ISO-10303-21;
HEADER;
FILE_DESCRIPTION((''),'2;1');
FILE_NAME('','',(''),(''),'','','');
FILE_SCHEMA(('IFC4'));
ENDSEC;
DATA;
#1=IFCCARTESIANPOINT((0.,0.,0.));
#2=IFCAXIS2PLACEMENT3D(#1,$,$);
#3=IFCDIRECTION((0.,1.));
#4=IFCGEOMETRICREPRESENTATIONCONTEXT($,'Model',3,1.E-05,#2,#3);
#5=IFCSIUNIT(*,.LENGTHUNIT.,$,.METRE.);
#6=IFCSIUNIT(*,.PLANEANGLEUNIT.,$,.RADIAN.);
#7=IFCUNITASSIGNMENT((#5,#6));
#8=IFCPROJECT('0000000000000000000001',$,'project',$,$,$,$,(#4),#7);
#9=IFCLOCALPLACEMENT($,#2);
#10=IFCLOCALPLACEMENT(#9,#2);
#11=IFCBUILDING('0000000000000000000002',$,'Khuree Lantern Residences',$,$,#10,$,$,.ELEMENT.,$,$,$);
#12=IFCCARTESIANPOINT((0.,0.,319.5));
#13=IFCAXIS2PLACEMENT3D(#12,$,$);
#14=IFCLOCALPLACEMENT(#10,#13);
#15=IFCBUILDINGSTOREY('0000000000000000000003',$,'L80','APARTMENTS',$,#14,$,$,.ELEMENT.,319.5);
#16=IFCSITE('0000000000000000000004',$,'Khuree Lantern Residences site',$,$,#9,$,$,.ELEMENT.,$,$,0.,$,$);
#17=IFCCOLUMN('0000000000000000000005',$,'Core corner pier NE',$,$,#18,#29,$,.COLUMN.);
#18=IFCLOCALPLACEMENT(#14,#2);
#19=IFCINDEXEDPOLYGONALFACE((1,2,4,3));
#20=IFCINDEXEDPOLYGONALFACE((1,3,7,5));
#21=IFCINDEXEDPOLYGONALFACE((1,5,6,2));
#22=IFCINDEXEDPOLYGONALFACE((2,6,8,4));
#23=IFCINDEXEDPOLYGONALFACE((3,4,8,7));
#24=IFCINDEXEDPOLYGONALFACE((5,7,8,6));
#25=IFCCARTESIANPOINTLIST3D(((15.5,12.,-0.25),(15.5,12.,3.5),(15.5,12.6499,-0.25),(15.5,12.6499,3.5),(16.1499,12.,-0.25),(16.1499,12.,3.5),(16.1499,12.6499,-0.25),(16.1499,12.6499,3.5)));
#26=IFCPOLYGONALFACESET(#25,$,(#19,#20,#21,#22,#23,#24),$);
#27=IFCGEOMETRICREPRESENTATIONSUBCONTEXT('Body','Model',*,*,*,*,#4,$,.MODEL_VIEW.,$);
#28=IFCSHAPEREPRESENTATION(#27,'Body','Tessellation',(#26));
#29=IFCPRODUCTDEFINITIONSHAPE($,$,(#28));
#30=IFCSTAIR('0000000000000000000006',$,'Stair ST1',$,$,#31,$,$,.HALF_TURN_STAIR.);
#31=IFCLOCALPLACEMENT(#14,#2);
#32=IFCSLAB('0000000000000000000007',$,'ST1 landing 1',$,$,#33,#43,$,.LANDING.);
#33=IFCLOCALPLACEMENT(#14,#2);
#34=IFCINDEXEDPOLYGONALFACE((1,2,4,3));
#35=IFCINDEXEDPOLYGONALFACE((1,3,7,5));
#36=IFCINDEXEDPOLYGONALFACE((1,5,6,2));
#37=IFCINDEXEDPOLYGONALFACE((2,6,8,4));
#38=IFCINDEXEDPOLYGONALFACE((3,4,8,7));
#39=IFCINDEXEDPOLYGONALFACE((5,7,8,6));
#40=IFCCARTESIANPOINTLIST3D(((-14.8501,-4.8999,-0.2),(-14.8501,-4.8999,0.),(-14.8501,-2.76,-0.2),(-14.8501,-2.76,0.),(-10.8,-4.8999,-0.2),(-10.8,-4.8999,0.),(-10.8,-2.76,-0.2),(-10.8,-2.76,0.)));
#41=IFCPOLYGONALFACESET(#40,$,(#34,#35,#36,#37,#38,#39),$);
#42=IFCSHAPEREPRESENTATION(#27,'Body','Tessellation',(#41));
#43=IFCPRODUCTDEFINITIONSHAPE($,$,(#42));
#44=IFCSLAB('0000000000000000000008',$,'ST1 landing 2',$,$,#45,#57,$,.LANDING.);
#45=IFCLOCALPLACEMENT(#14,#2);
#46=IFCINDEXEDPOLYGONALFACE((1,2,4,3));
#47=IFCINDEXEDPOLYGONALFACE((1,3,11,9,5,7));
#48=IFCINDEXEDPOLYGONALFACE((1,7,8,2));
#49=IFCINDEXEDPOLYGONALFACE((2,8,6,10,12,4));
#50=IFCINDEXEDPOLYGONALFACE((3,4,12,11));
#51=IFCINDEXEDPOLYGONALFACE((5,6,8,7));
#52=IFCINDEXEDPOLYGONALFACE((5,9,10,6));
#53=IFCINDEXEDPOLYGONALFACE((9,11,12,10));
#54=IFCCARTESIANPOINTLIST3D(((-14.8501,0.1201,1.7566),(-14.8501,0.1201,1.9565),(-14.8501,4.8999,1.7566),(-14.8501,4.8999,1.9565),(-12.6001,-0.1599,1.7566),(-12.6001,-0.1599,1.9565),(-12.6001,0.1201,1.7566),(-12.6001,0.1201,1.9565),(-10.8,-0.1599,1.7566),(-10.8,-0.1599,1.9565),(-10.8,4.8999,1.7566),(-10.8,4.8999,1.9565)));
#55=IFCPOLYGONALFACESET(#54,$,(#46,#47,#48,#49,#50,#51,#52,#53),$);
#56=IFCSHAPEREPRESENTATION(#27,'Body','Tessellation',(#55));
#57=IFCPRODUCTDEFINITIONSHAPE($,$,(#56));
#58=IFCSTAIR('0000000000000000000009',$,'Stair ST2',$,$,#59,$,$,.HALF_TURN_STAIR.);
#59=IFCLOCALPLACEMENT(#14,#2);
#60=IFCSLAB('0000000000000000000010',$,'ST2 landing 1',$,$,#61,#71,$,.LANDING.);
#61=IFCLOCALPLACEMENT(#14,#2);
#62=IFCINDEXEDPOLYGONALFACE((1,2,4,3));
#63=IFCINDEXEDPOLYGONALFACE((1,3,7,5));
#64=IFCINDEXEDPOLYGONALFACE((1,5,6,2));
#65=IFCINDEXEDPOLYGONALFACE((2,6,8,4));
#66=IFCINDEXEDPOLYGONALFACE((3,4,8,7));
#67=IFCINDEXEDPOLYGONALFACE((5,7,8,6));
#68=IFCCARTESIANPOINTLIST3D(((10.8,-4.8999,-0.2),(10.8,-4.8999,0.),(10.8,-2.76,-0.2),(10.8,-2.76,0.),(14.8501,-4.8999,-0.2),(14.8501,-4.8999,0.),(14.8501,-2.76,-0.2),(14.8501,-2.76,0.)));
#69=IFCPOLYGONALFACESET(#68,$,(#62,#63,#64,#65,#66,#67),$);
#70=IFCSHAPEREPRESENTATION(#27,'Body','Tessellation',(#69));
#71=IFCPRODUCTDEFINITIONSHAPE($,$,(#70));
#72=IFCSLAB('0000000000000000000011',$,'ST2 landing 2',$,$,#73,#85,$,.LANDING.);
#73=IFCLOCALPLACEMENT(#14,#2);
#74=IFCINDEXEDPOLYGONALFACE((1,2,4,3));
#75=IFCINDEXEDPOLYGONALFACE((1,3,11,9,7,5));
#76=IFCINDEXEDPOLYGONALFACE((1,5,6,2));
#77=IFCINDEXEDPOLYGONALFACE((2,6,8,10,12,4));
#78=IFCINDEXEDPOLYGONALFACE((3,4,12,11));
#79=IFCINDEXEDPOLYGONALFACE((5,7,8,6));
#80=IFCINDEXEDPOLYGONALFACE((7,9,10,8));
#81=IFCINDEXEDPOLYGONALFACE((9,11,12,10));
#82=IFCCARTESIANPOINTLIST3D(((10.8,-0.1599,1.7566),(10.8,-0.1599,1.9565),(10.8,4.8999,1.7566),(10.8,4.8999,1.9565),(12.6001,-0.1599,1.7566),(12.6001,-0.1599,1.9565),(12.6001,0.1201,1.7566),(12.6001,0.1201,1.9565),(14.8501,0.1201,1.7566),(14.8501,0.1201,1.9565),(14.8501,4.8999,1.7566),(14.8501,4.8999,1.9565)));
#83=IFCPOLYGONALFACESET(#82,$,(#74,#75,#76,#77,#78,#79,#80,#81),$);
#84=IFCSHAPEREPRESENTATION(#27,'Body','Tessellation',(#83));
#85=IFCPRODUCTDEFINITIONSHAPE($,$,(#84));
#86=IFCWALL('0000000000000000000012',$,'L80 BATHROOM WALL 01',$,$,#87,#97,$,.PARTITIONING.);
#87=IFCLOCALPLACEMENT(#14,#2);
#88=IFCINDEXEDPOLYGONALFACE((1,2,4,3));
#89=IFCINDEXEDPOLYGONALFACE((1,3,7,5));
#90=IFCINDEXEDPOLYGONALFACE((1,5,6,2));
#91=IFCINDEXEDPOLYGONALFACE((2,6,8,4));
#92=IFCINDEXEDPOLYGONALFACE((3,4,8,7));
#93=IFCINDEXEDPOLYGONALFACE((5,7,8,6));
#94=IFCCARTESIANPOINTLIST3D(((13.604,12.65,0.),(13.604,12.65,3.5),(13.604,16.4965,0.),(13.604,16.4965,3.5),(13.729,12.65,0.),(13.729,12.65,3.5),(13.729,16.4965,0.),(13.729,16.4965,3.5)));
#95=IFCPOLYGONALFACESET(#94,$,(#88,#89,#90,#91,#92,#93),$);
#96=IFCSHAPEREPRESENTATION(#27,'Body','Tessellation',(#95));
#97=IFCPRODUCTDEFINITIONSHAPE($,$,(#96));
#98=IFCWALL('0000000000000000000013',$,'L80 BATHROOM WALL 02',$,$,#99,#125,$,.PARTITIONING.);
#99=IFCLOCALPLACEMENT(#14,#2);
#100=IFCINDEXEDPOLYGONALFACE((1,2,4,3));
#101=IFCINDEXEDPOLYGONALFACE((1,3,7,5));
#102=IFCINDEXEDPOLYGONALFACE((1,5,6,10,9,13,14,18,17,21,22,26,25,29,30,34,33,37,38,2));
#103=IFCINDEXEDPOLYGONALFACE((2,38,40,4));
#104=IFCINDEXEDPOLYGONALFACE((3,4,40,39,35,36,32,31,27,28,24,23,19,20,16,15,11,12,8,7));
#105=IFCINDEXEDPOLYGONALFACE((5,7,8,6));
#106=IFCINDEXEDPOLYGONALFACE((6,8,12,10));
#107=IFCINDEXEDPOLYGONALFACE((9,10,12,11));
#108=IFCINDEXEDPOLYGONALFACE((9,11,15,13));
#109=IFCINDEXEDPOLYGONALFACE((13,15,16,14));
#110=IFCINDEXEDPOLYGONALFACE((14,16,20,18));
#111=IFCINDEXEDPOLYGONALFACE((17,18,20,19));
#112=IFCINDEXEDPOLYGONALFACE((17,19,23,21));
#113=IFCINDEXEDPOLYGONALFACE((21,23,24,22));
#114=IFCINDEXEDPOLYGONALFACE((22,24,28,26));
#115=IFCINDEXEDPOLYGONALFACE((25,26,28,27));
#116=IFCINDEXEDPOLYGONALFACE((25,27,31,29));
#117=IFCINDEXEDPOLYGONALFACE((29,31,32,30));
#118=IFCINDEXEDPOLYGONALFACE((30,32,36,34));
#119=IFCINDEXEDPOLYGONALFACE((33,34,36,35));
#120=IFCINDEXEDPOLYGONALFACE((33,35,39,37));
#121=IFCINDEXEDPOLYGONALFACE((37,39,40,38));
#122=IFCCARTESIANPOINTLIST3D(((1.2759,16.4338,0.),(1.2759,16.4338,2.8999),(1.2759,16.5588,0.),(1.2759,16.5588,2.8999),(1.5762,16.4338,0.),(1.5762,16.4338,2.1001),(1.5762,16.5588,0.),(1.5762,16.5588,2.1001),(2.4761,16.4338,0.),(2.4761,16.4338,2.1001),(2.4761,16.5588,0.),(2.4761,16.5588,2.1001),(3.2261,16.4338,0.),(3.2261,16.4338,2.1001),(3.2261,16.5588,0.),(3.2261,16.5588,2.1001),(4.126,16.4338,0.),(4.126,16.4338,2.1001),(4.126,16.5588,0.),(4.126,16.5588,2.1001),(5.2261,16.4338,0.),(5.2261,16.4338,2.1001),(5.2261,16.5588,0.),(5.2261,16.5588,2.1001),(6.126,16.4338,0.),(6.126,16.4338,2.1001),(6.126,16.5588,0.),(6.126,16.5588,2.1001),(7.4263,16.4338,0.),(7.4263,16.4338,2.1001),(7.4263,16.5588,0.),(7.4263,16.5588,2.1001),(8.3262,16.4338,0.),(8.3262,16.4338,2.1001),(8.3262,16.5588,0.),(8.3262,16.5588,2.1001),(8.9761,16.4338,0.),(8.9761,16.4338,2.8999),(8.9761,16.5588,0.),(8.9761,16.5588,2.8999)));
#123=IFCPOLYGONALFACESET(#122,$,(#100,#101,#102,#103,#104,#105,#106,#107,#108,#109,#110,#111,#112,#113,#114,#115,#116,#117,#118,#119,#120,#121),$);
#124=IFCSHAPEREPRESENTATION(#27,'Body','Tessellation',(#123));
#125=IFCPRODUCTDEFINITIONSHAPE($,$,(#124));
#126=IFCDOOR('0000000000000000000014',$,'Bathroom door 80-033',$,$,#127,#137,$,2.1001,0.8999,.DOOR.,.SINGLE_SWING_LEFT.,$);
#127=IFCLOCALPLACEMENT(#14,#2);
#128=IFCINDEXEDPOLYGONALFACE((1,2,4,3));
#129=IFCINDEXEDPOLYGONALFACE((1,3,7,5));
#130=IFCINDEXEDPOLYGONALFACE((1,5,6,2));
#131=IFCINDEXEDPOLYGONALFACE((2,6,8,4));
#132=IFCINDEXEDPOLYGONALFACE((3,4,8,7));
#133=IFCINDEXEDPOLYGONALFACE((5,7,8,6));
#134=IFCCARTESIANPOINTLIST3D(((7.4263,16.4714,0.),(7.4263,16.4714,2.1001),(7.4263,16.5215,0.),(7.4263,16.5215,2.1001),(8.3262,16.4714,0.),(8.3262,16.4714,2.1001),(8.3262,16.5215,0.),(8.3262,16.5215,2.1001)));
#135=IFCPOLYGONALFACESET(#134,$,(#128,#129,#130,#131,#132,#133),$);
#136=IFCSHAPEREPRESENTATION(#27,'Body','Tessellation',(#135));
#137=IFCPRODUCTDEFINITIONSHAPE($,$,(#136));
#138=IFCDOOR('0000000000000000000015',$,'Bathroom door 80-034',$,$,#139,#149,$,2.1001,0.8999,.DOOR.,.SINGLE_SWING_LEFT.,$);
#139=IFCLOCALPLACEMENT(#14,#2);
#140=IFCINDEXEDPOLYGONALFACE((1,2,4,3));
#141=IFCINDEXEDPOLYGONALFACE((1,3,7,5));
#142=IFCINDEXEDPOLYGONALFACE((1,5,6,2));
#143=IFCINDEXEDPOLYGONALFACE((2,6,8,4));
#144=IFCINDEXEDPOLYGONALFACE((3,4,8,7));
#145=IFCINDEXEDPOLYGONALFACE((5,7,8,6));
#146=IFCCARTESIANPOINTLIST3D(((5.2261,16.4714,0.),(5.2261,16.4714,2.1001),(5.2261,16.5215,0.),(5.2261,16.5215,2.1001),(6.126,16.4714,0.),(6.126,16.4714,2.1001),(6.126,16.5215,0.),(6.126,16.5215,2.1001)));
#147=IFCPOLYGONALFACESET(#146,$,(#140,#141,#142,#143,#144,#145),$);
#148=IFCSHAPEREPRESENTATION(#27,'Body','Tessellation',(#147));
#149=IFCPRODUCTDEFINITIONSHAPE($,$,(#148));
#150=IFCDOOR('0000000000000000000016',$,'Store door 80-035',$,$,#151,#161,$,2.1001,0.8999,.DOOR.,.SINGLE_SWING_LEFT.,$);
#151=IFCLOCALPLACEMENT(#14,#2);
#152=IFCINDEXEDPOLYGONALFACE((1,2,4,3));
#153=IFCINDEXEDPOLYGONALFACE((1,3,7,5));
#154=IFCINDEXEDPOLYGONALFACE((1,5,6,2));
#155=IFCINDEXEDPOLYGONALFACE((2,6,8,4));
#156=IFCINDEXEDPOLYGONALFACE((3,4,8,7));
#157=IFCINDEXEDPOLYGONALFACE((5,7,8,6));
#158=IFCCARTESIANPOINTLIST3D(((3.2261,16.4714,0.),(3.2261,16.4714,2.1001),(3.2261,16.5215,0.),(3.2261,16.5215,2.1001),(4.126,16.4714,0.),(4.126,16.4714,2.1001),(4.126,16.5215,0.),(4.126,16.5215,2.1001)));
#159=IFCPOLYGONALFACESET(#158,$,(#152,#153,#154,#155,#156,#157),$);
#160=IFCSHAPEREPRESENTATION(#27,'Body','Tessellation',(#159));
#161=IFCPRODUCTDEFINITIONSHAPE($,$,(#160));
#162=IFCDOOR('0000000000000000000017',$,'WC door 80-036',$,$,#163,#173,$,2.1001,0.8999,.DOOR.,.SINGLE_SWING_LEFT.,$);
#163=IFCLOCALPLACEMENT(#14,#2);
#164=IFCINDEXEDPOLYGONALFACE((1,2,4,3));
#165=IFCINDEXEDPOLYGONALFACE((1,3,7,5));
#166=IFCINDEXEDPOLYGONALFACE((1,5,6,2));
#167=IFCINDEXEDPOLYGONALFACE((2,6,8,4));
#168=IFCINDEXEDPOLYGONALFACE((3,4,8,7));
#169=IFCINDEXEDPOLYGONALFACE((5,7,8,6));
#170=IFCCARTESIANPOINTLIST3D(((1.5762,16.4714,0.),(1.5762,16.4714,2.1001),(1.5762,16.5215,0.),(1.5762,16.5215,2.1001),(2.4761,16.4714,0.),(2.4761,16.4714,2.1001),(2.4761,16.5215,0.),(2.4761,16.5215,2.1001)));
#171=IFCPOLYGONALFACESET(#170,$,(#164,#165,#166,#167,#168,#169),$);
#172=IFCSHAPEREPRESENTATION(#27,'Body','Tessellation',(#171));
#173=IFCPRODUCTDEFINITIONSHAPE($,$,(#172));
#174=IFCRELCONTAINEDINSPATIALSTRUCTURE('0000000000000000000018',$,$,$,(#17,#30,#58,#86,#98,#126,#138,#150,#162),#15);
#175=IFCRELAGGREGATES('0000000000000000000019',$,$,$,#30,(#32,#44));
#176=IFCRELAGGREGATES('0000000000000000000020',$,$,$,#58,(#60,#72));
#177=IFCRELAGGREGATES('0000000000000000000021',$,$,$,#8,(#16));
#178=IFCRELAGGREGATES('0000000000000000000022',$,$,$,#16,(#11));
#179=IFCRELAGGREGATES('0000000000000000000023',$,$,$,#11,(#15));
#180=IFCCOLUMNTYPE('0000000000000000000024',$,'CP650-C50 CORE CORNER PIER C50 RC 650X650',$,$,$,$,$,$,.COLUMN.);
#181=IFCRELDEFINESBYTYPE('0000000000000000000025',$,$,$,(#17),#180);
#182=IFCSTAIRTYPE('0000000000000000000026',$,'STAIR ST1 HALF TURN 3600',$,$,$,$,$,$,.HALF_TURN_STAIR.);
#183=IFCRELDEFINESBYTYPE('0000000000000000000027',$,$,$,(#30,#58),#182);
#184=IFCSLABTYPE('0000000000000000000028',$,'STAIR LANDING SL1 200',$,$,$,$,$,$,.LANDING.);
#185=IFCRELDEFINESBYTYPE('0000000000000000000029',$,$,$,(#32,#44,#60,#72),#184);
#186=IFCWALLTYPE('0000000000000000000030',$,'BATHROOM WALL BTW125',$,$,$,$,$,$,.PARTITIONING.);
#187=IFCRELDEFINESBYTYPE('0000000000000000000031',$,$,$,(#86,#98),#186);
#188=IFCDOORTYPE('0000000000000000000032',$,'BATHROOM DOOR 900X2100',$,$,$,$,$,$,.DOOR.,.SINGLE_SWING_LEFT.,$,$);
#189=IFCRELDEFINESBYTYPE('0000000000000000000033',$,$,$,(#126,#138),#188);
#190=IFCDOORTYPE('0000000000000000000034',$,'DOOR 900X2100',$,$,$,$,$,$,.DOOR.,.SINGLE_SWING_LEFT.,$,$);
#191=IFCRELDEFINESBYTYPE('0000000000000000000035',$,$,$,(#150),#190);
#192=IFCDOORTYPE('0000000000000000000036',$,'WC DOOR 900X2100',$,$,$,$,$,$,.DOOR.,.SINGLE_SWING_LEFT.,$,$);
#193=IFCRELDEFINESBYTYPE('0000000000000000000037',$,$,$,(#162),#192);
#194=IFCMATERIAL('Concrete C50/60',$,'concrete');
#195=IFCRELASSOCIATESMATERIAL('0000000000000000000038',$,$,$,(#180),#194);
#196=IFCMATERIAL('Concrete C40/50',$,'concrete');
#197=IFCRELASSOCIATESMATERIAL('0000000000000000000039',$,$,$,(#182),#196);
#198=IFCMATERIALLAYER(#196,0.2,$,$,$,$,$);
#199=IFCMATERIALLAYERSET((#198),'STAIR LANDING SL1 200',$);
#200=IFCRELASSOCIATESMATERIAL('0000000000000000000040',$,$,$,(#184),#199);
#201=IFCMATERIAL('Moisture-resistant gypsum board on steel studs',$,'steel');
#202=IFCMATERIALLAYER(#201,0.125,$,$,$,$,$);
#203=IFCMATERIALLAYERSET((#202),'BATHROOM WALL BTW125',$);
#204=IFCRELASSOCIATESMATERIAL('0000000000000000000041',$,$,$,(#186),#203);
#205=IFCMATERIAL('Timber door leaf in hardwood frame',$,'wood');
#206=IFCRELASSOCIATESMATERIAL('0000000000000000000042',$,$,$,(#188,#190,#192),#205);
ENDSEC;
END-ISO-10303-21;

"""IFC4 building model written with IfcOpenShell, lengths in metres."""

from ifc_helpers import new_model, si_unit, direction, frame, frame_2d, origin, origin_2d, place, context, subcontext, project, spatial, polyline, rectangle, outline, extrude, material, layer, layer_set, material_profile, profile_set, type_object, element, fill, aggregate, save


model = new_model("IFC4")

# Units and contexts
model_context = context("Model", 3, precision=1e-05, world=origin(), true_north=direction((0.0, 1.0)))
body_context = subcontext(model_context, "Body", "Model", "MODEL_VIEW")
ifc_project = project(units=[si_unit("LENGTHUNIT", "METRE"), si_unit("PLANEANGLEUNIT", "RADIAN")], contexts=[model_context])

# Site, building, storey
site_placement = place(None, origin())
site = spatial("IfcSite", under=ifc_project, at=site_placement, Name="Khuree Lantern Residences site", CompositionType="ELEMENT", RefElevation=0.0)
building_placement = place(site_placement, origin())
building = spatial("IfcBuilding", under=site, at=building_placement, Name="Khuree Lantern Residences", CompositionType="ELEMENT")
storey_placement = place(building_placement, frame((0.0, 0.0, 319.5)))
storey = spatial("IfcBuildingStorey", under=building, at=storey_placement, Name="L80", Description="APARTMENTS", CompositionType="ELEMENT", Elevation=319.5)

# Column
ifc_material_1 = material(Name="Concrete C50/60", Category="concrete")
ifc_material_profile = material_profile(ifc_material_1, rectangle(XDim=0.6499, YDim=0.6499, at=origin_2d()), Name="RC 650X650")
ifc_profile_set = profile_set([ifc_material_profile], Name="Concrete C50/60")
column_type = type_object("IfcColumnType", Name="CP650-C50 CORE CORNER PIER C50 RC 650X650", PredefinedType="COLUMN", material=ifc_profile_set)
column_placement = place(storey_placement, frame((15.825, 12.325, -0.25), z_axis=(0.0, 0.0, 1.0), x_axis=(1.0, 0.0, 0.0)))
element("IfcColumn", 1, at=column_placement, inside=storey, type_object=column_type, Name="Core corner pier NE", PredefinedType="COLUMN", context=body_context, shape_type="SweptSolid", body=[
    extrude(rectangle(XDim=0.6499, YDim=0.6499, at=origin_2d()), origin(), (0.0, 0.0, 1.0), 3.75),
])

# Stairs, slabs
ifc_material_2 = material(Name="Concrete C40/50", Category="concrete")
stair_type = type_object("IfcStairType", Name="STAIR ST1 HALF TURN 3600", PredefinedType="HALF_TURN_STAIR", material=ifc_material_2)
stair_1_placement = place(storey_placement, origin())
stair_1 = element("IfcStair", 2, at=stair_1_placement, inside=storey, type_object=stair_type, Name="Stair ST1", PredefinedType="HALF_TURN_STAIR")
ifc_layer_1 = layer(ifc_material_2, 0.2)
ifc_layer_set_1 = layer_set([ifc_layer_1], Name="STAIR LANDING SL1 200")
slab_type = type_object("IfcSlabType", Name="STAIR LANDING SL1 200", PredefinedType="LANDING", material=ifc_layer_set_1)
slab_1_placement = place(storey_placement, frame((0.0, 0.0, -0.2)))
slab_1 = element("IfcSlab", 3, at=slab_1_placement, type_object=slab_type, Name="ST1 landing 1", PredefinedType="LANDING", context=body_context, shape_type="SweptSolid", body=[
    extrude(outline(polyline([(-14.8501, -4.8999), (-10.8, -4.8999), (-10.8, -2.76), (-14.8501, -2.76), (-14.8501, -4.8999)])), origin(), (0.0, 0.0, 1.0), 0.2),
])
slab_2_placement = place(storey_placement, frame((0.0, 0.0, 1.7566)))
slab_2 = element("IfcSlab", 4, at=slab_2_placement, type_object=slab_type, Name="ST1 landing 2", PredefinedType="LANDING", context=body_context, shape_type="SweptSolid", body=[
    extrude(outline(polyline([(-14.8501, 0.1201), (-14.8501, 4.8999), (-10.8, 4.8999), (-10.8, -0.1599), (-12.6001, -0.1599), (-12.6001, 0.1201), (-14.8501, 0.1201)])), origin(), (0.0, 0.0, 1.0), 0.2),
])
aggregate(stair_1, [slab_1, slab_2])
stair_2_placement = place(storey_placement, origin())
stair_2 = element("IfcStair", 5, at=stair_2_placement, inside=storey, type_object=stair_type, Name="Stair ST2", PredefinedType="HALF_TURN_STAIR")
slab_3_placement = place(storey_placement, frame((0.0, 0.0, -0.2)))
slab_3 = element("IfcSlab", 6, at=slab_3_placement, type_object=slab_type, Name="ST2 landing 1", PredefinedType="LANDING", context=body_context, shape_type="SweptSolid", body=[
    extrude(outline(polyline([(10.8, -4.8999), (14.8501, -4.8999), (14.8501, -2.76), (10.8, -2.76), (10.8, -4.8999)])), origin(), (0.0, 0.0, 1.0), 0.2),
])
slab_4_placement = place(storey_placement, frame((0.0, 0.0, 1.7566)))
slab_4 = element("IfcSlab", 7, at=slab_4_placement, type_object=slab_type, Name="ST2 landing 2", PredefinedType="LANDING", context=body_context, shape_type="SweptSolid", body=[
    extrude(outline(polyline([(14.8501, 4.8999), (14.8501, 0.1201), (12.6001, 0.1201), (12.6001, -0.1599), (10.8, -0.1599), (10.8, 4.8999), (14.8501, 4.8999)])), origin(), (0.0, 0.0, 1.0), 0.2),
])
aggregate(stair_2, [slab_3, slab_4])

# Wall
ifc_material_3 = material(Name="Moisture-resistant gypsum board on steel studs", Category="steel")
ifc_layer_2 = layer(ifc_material_3, 0.125)
ifc_layer_set_2 = layer_set([ifc_layer_2], Name="BATHROOM WALL BTW125")
wall_type_1 = type_object("IfcWallType", Name="BATHROOM WALL BTW125", PredefinedType="PARTITIONING", material=ifc_layer_set_2)
wall_1_placement = place(storey_placement, frame((13.6665, 12.6499, 0.0), z_axis=(0.0, 0.0, 1.0), x_axis=(0.0, 1.0, 0.0)))
element("IfcWall", 8, at=wall_1_placement, inside=storey, type_object=wall_type_1, Name="L80 BATHROOM WALL 01", PredefinedType="PARTITIONING", context=body_context, shape_type="SweptSolid", body=[
    extrude(rectangle(XDim=3.8464, YDim=0.125, at=frame_2d((1.9233, 0.0))), origin(), (0.0, 0.0, 1.0), 3.5),
])

# Wall, openings, doors
wall_2_placement = place(storey_placement, frame((8.9761, 16.4963, 0.0), z_axis=(0.0, 0.0, 1.0), x_axis=(-1.0, 0.0, 0.0)))
wall_2 = element("IfcWall", 9, at=wall_2_placement, inside=storey, type_object=wall_type_1, Name="L80 BATHROOM WALL 02", PredefinedType="PARTITIONING", context=body_context, shape_type="SweptSolid", body=[
    extrude(rectangle(XDim=7.7002, YDim=0.125, at=frame_2d((3.8501, 0.0))), origin(), (0.0, 0.0, 1.0), 2.8999),
])
opening_1_placement = place(wall_2_placement, frame((0.6499, 0.0, 0.0)))
opening_1 = element("IfcOpeningElement", 10, at=opening_1_placement, cuts=wall_2, PredefinedType="OPENING", context=body_context, shape_type="SweptSolid", body=[
    extrude(rectangle(XDim=0.8999, YDim=2.1001, at=frame_2d((0.45, 1.05))), frame((0.0, 0.0725, 0.0), z_axis=(0.0, -1.0, 0.0), x_axis=(1.0, 0.0, 0.0)), (0.0, 0.0, 1.0), 0.145),
])
opening_2_placement = place(wall_2_placement, frame((2.8501, 0.0, 0.0)))
opening_2 = element("IfcOpeningElement", 11, at=opening_2_placement, cuts=wall_2, PredefinedType="OPENING", context=body_context, shape_type="SweptSolid", body=[
    extrude(rectangle(XDim=0.8999, YDim=2.1001, at=frame_2d((0.45, 1.05))), frame((0.0, 0.0725, 0.0), z_axis=(0.0, -1.0, 0.0), x_axis=(1.0, 0.0, 0.0)), (0.0, 0.0, 1.0), 0.145),
])
opening_3_placement = place(wall_2_placement, frame((4.8501, 0.0, 0.0)))
opening_3 = element("IfcOpeningElement", 12, at=opening_3_placement, cuts=wall_2, PredefinedType="OPENING", context=body_context, shape_type="SweptSolid", body=[
    extrude(rectangle(XDim=0.8999, YDim=2.1001, at=frame_2d((0.45, 1.05))), frame((0.0, 0.0725, 0.0), z_axis=(0.0, -1.0, 0.0), x_axis=(1.0, 0.0, 0.0)), (0.0, 0.0, 1.0), 0.145),
])
opening_4_placement = place(wall_2_placement, frame((6.5, 0.0, 0.0)))
opening_4 = element("IfcOpeningElement", 13, at=opening_4_placement, cuts=wall_2, PredefinedType="OPENING", context=body_context, shape_type="SweptSolid", body=[
    extrude(rectangle(XDim=0.8999, YDim=2.1001, at=frame_2d((0.45, 1.05))), frame((0.0, 0.0725, 0.0), z_axis=(0.0, -1.0, 0.0), x_axis=(1.0, 0.0, 0.0)), (0.0, 0.0, 1.0), 0.145),
])
ifc_material_4 = material(Name="Timber door leaf in hardwood frame", Category="wood")
door_type_1 = type_object("IfcDoorType", Name="BATHROOM DOOR 900X2100", OperationType="SINGLE_SWING_LEFT", PredefinedType="DOOR", material=ifc_material_4)
door_1_placement = place(opening_1_placement, origin())
door_1 = element("IfcDoor", 14, at=door_1_placement, inside=storey, type_object=door_type_1, Name="Bathroom door 80-033", OperationType="SINGLE_SWING_LEFT", OverallHeight=2.1001, OverallWidth=0.8999, PredefinedType="DOOR", context=body_context, shape_type="SweptSolid", body=[
    extrude(rectangle(XDim=0.8999, YDim=2.1001, at=frame_2d((0.45, 1.05))), frame((0.0, 0.0249, 0.0), z_axis=(0.0, -1.0, 0.0), x_axis=(1.0, 0.0, 0.0)), (0.0, 0.0, 1.0), 0.05),
])
fill(opening_1, door_1)
door_2_placement = place(opening_2_placement, origin())
door_2 = element("IfcDoor", 15, at=door_2_placement, inside=storey, type_object=door_type_1, Name="Bathroom door 80-034", OperationType="SINGLE_SWING_LEFT", OverallHeight=2.1001, OverallWidth=0.8999, PredefinedType="DOOR", context=body_context, shape_type="SweptSolid", body=[
    extrude(rectangle(XDim=0.8999, YDim=2.1001, at=frame_2d((0.45, 1.05))), frame((0.0, 0.0249, 0.0), z_axis=(0.0, -1.0, 0.0), x_axis=(1.0, 0.0, 0.0)), (0.0, 0.0, 1.0), 0.05),
])
fill(opening_2, door_2)
door_type_2 = type_object("IfcDoorType", Name="DOOR 900X2100", OperationType="SINGLE_SWING_LEFT", PredefinedType="DOOR", material=ifc_material_4)
door_3_placement = place(opening_3_placement, origin())
door_3 = element("IfcDoor", 16, at=door_3_placement, inside=storey, type_object=door_type_2, Name="Store door 80-035", OperationType="SINGLE_SWING_LEFT", OverallHeight=2.1001, OverallWidth=0.8999, PredefinedType="DOOR", context=body_context, shape_type="SweptSolid", body=[
    extrude(rectangle(XDim=0.8999, YDim=2.1001, at=frame_2d((0.45, 1.05))), frame((0.0, 0.0249, 0.0), z_axis=(0.0, -1.0, 0.0), x_axis=(1.0, 0.0, 0.0)), (0.0, 0.0, 1.0), 0.05),
])
fill(opening_3, door_3)
door_type_3 = type_object("IfcDoorType", Name="WC DOOR 900X2100", OperationType="SINGLE_SWING_LEFT", PredefinedType="DOOR", material=ifc_material_4)
door_4_placement = place(opening_4_placement, origin())
door_4 = element("IfcDoor", 17, at=door_4_placement, inside=storey, type_object=door_type_3, Name="WC door 80-036", OperationType="SINGLE_SWING_LEFT", OverallHeight=2.1001, OverallWidth=0.8999, PredefinedType="DOOR", context=body_context, shape_type="SweptSolid", body=[
    extrude(rectangle(XDim=0.8999, YDim=2.1001, at=frame_2d((0.45, 1.05))), frame((0.0, 0.0249, 0.0), z_axis=(0.0, -1.0, 0.0), x_axis=(1.0, 0.0, 0.0)), (0.0, 0.0, 1.0), 0.05),
])
fill(opening_4, door_4)

save(model, "model.ifc")
